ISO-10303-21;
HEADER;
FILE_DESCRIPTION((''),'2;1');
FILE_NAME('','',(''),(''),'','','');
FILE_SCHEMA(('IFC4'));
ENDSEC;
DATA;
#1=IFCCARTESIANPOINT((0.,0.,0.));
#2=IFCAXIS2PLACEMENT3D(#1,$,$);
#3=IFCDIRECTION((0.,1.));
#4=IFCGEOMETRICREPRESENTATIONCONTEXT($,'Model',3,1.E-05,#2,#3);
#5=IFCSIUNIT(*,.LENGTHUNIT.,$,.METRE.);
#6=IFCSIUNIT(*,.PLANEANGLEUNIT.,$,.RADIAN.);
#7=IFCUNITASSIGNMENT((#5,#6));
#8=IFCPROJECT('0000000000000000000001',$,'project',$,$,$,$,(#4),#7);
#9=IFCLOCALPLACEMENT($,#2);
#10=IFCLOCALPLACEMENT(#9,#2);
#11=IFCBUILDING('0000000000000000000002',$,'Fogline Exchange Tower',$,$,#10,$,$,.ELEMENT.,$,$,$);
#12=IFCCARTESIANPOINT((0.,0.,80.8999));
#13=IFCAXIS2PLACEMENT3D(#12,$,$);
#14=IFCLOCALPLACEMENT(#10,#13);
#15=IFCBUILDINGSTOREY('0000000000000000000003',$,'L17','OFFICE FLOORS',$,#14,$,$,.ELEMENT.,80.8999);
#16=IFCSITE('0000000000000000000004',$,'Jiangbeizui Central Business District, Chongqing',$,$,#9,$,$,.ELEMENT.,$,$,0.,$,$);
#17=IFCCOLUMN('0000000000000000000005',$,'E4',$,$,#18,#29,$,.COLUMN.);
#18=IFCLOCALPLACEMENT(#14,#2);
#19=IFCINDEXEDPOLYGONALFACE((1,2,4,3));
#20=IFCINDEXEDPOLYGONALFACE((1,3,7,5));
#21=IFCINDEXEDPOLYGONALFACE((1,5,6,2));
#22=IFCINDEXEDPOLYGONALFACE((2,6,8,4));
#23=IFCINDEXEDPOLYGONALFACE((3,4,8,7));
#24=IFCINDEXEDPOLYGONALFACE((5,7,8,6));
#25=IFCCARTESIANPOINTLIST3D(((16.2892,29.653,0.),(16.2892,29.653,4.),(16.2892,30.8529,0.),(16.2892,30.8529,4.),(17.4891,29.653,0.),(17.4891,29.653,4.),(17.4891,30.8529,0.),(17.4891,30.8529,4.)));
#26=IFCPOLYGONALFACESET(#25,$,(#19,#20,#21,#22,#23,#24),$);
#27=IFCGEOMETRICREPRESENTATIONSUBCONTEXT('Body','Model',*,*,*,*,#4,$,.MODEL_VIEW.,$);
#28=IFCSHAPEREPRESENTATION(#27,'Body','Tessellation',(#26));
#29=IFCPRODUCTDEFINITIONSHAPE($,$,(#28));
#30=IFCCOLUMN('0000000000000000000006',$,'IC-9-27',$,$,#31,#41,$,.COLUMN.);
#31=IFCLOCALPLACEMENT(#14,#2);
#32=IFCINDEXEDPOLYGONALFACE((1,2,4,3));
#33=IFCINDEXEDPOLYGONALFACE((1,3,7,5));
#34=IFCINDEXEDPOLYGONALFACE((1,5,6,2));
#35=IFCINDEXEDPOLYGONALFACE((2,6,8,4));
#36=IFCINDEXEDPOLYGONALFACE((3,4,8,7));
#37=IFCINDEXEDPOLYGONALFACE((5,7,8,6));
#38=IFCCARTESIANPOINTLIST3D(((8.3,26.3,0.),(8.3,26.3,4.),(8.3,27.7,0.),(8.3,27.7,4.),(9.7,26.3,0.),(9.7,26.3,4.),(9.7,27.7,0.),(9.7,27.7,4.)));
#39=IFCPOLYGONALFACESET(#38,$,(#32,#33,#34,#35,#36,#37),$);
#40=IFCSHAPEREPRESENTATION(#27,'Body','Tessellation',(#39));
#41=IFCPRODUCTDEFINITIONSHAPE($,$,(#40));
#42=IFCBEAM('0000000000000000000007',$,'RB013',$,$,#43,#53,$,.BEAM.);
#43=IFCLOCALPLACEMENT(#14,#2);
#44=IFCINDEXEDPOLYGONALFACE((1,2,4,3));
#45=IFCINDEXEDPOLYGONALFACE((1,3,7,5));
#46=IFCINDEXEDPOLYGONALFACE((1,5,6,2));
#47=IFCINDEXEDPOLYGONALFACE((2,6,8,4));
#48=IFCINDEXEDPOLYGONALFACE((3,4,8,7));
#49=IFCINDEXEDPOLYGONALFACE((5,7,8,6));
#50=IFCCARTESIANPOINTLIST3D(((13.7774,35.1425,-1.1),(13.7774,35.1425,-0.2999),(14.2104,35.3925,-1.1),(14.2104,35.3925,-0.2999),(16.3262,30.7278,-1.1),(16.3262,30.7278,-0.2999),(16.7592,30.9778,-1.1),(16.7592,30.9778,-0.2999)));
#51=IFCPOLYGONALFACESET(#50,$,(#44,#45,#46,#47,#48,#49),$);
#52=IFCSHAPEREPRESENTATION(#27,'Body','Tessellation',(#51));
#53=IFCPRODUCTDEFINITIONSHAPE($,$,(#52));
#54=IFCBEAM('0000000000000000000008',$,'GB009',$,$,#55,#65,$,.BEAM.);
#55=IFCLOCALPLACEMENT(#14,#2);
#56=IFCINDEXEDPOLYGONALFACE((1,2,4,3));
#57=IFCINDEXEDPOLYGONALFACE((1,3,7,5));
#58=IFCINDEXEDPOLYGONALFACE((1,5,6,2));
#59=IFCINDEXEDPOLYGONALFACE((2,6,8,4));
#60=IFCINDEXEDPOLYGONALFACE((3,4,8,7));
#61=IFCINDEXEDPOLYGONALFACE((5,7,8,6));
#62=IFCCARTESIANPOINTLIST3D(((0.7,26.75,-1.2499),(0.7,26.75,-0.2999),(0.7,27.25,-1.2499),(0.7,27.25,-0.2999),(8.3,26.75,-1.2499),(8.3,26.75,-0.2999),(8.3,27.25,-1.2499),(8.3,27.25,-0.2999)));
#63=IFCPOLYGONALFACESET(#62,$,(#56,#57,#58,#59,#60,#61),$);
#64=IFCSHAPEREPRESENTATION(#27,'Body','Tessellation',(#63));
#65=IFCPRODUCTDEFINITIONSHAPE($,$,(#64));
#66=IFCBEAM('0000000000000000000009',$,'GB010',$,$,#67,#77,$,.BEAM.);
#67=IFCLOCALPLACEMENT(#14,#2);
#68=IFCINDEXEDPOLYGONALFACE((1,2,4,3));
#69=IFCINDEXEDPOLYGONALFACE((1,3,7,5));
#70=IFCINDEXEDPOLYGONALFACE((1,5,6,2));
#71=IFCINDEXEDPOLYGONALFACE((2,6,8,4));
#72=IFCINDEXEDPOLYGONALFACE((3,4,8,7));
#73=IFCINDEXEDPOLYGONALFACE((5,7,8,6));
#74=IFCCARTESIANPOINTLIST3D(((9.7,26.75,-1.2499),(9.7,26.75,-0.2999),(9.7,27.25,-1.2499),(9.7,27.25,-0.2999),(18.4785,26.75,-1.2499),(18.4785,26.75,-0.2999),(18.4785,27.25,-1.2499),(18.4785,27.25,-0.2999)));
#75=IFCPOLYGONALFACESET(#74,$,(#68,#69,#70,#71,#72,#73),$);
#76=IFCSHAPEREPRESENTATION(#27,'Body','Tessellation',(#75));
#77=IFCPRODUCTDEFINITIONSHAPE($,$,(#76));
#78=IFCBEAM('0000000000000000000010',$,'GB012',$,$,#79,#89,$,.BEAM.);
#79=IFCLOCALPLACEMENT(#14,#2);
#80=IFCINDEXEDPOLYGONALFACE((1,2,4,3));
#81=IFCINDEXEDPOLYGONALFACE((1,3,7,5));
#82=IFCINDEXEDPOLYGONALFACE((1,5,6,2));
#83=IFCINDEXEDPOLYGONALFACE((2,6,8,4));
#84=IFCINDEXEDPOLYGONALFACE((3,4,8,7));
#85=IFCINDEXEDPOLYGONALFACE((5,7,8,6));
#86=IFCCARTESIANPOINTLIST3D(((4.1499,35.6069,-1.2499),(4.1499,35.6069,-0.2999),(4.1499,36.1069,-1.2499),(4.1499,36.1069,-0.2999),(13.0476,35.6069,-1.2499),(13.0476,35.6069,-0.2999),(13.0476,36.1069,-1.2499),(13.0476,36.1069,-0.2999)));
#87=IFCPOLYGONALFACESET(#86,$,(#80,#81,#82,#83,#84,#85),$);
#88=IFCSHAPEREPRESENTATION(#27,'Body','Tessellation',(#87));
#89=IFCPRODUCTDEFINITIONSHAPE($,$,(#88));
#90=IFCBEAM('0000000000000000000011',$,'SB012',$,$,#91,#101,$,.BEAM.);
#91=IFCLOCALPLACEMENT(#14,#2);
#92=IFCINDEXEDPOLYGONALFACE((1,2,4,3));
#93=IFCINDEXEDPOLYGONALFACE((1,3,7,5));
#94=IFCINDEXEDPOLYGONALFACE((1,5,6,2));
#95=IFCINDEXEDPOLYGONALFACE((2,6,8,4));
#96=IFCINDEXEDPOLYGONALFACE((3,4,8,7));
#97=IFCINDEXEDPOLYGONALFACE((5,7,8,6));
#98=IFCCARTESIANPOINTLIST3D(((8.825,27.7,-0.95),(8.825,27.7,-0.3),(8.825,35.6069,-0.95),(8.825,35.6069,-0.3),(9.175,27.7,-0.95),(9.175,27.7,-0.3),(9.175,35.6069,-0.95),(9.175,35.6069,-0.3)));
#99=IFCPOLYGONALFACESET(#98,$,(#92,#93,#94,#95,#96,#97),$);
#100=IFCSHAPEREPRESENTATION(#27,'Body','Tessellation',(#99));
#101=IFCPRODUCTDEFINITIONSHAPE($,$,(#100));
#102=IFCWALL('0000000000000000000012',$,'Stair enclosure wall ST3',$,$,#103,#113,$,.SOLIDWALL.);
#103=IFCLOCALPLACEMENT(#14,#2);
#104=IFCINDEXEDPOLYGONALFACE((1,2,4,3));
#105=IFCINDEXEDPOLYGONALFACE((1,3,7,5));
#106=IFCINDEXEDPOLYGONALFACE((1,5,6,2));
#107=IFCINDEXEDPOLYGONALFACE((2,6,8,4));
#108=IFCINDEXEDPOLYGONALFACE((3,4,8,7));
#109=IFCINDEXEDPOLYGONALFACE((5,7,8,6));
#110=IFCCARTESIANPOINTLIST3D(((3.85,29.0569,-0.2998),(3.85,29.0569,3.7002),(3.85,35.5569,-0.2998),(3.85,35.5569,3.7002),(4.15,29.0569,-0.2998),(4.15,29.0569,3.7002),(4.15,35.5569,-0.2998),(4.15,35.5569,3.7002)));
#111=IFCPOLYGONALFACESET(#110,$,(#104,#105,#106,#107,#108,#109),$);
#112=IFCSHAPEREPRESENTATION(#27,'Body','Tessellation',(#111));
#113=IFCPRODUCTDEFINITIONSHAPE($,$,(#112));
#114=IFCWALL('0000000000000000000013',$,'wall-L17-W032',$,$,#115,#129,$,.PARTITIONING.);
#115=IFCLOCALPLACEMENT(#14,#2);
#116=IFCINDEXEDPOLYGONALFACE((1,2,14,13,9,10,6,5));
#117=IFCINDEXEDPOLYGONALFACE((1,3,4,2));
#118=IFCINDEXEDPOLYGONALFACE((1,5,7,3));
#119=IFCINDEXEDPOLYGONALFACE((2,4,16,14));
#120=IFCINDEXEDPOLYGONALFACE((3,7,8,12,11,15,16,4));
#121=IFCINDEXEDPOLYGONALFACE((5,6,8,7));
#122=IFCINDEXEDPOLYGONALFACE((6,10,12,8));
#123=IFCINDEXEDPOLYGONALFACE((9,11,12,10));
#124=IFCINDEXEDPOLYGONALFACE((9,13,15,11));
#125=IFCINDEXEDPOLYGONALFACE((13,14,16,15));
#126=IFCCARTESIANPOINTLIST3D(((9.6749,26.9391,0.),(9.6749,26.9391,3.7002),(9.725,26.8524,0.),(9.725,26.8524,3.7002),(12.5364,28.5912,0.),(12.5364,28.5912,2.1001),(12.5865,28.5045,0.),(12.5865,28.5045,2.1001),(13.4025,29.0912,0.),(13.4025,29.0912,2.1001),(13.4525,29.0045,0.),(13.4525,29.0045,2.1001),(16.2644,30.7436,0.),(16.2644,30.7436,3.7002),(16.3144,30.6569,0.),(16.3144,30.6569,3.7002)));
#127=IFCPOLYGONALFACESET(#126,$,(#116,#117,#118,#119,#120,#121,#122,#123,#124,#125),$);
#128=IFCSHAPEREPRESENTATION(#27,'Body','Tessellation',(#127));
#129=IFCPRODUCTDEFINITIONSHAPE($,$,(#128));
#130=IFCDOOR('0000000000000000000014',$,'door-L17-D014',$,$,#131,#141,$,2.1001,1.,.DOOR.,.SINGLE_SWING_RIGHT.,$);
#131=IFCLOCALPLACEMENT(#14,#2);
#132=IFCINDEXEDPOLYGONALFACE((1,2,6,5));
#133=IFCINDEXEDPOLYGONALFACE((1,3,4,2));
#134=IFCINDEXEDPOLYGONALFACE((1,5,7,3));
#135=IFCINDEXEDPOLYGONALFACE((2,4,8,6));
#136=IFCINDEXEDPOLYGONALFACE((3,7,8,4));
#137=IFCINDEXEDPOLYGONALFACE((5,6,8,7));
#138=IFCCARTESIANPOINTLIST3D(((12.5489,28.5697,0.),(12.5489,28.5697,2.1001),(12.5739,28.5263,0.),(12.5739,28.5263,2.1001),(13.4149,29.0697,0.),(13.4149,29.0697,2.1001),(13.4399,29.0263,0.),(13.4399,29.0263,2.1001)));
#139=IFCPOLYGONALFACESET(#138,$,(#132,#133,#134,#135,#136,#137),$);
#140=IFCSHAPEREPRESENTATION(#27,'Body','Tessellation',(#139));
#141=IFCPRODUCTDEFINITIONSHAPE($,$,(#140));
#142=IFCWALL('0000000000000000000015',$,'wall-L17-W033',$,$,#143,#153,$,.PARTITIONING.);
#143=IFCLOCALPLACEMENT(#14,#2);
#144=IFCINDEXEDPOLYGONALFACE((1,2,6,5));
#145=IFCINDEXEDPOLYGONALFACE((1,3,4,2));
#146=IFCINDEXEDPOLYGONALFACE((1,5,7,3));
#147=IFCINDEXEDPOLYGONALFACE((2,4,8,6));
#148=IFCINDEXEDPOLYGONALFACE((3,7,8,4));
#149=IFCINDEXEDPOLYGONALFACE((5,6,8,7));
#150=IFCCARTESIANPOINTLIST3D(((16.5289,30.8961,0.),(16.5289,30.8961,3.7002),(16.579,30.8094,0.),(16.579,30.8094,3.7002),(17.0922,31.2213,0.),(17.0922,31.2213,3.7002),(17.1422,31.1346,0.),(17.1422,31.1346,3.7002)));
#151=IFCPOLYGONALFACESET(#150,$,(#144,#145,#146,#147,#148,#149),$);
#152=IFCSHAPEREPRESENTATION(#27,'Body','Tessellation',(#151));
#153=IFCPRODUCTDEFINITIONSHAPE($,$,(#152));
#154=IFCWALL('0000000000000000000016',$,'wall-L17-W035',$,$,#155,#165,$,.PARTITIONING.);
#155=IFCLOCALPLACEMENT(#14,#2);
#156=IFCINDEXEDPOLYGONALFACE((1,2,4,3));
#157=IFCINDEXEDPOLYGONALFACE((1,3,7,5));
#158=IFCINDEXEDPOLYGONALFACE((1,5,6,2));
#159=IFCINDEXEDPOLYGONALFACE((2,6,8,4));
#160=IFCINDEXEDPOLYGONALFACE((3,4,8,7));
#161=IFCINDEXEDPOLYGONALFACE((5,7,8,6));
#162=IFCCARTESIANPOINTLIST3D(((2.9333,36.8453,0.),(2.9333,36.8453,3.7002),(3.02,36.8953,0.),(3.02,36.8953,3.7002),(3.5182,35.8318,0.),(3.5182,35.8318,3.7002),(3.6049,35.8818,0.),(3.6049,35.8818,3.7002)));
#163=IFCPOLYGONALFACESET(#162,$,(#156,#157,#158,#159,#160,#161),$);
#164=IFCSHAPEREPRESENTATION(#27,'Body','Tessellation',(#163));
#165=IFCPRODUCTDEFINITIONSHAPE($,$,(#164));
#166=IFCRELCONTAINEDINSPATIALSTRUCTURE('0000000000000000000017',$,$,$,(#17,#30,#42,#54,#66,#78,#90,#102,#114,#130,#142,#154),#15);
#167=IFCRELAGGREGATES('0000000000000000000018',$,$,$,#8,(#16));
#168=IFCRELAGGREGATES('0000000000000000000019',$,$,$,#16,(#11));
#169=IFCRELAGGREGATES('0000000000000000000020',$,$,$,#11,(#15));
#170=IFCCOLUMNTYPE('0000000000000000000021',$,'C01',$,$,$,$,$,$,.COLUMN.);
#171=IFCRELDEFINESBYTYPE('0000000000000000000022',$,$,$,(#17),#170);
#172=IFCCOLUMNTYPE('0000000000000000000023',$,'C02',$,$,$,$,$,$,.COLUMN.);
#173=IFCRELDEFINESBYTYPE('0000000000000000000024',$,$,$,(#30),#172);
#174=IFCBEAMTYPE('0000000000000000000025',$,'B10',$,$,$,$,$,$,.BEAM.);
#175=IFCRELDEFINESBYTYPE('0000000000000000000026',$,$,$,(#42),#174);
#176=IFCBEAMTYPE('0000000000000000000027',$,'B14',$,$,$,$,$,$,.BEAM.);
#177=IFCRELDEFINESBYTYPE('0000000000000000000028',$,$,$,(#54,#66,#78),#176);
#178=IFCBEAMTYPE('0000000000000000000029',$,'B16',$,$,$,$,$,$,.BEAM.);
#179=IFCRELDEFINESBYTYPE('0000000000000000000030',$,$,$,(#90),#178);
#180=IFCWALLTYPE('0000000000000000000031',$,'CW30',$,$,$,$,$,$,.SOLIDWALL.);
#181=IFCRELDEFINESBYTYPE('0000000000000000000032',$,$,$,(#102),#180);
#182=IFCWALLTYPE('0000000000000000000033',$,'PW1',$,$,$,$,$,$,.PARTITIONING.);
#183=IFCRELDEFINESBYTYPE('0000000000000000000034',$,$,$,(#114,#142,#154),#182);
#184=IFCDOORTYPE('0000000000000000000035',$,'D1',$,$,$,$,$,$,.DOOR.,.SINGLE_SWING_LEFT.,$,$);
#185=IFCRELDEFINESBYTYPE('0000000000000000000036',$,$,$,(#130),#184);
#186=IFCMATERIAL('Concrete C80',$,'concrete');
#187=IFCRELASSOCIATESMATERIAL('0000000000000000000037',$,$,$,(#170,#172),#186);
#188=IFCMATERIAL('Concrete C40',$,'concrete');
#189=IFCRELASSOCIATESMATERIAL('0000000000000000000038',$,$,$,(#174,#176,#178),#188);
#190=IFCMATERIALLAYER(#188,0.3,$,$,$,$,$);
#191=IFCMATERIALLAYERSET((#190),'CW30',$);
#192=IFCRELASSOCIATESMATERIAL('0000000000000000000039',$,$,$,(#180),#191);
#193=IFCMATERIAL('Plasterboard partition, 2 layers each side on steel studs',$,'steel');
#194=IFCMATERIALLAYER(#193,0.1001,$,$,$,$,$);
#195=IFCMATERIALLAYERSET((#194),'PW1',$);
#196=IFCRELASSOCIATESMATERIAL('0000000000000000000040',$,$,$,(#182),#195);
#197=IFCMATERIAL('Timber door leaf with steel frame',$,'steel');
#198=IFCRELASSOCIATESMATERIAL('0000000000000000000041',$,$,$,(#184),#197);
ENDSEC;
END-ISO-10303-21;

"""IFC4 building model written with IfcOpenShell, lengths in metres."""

from ifc_helpers import new_model, si_unit, direction, frame, frame_2d, origin, origin_2d, place, context, subcontext, project, spatial, rectangle, extrude, material, layer, layer_set, material_profile, profile_set, type_object, element, fill, save


model = new_model("IFC4")

# Units and contexts
model_context = context("Model", 3, precision=1e-05, world=origin(), true_north=direction((0.0, 1.0)))
body_context = subcontext(model_context, "Body", "Model", "MODEL_VIEW")
ifc_project = project(units=[si_unit("LENGTHUNIT", "METRE"), si_unit("PLANEANGLEUNIT", "RADIAN")], contexts=[model_context])

# Site, building, storey
site_placement = place(None, origin())
site = spatial("IfcSite", under=ifc_project, at=site_placement, Name="Jiangbeizui Central Business District, Chongqing", CompositionType="ELEMENT", RefElevation=0.0)
building_placement = place(site_placement, origin())
building = spatial("IfcBuilding", under=site, at=building_placement, Name="Fogline Exchange Tower", CompositionType="ELEMENT")
storey_placement = place(building_placement, frame((0.0, 0.0, 80.8999)))
storey = spatial("IfcBuildingStorey", under=building, at=storey_placement, Name="L17", Description="OFFICE FLOORS", CompositionType="ELEMENT", Elevation=80.8999)

# Columns
ifc_material_1 = material(Name="Concrete C80", Category="concrete")
ifc_material_profile_1 = material_profile(ifc_material_1, rectangle(XDim=1.2, YDim=1.2, at=origin_2d()), Name="RC 1200x1200")
ifc_profile_set_1 = profile_set([ifc_material_profile_1], Name="Concrete C80")
column_type_1 = type_object("IfcColumnType", Name="C01", PredefinedType="COLUMN", material=ifc_profile_set_1)
column_1_placement = place(storey_placement, frame((16.8892, 30.2529, 0.0), z_axis=(0.0, 0.0, 1.0), x_axis=(1.0, 0.0, 0.0)))
element("IfcColumn", 1, at=column_1_placement, inside=storey, type_object=column_type_1, Name="E4", PredefinedType="COLUMN", context=body_context, shape_type="SweptSolid", body=[
    extrude(rectangle(XDim=1.2, YDim=1.2, at=origin_2d()), origin(), (0.0, 0.0, 1.0), 4.0),
])
ifc_material_profile_2 = material_profile(ifc_material_1, rectangle(XDim=1.3999, YDim=1.3999, at=origin_2d()), Name="RC 1400x1400")
ifc_profile_set_2 = profile_set([ifc_material_profile_2], Name="Concrete C80")
column_type_2 = type_object("IfcColumnType", Name="C02", PredefinedType="COLUMN", material=ifc_profile_set_2)
column_2_placement = place(storey_placement, frame((9.0, 27.0, 0.0), z_axis=(0.0, 0.0, 1.0), x_axis=(1.0, 0.0, 0.0)))
element("IfcColumn", 2, at=column_2_placement, inside=storey, type_object=column_type_2, Name="IC-9-27", PredefinedType="COLUMN", context=body_context, shape_type="SweptSolid", body=[
    extrude(rectangle(XDim=1.3999, YDim=1.3999, at=origin_2d()), origin(), (0.0, 0.0, 1.0), 4.0),
])

# Beams
ifc_material_2 = material(Name="Concrete C40", Category="concrete")
ifc_material_profile_3 = material_profile(ifc_material_2, rectangle(XDim=0.5, YDim=0.8, at=origin_2d()), Name="RC 500x800")
ifc_profile_set_3 = profile_set([ifc_material_profile_3], Name="Concrete C40")
beam_type_1 = type_object("IfcBeamType", Name="B10", PredefinedType="BEAM", material=ifc_profile_set_3)
beam_1_placement = place(storey_placement, frame((16.5427, 30.8528, -0.7), z_axis=(-0.499992, 0.86603, 0.0), x_axis=(-0.86603, -0.499992, 0.0)))
element("IfcBeam", 3, at=beam_1_placement, inside=storey, type_object=beam_type_1, Name="RB013", PredefinedType="BEAM", context=body_context, shape_type="SweptSolid", body=[
    extrude(rectangle(XDim=0.5, YDim=0.8, at=origin_2d()), origin(), (0.0, 0.0, 1.0), 5.0977),
])
ifc_material_profile_4 = material_profile(ifc_material_2, rectangle(XDim=0.5, YDim=0.95, at=origin_2d()), Name="RC 500x950")
ifc_profile_set_4 = profile_set([ifc_material_profile_4], Name="Concrete C40")
beam_type_2 = type_object("IfcBeamType", Name="B14", PredefinedType="BEAM", material=ifc_profile_set_4)
beam_2_placement = place(storey_placement, frame((0.7, 27.0, -0.7749), z_axis=(1.0, 0.0, 0.0), x_axis=(0.0, 1.0, 0.0)))
element("IfcBeam", 4, at=beam_2_placement, inside=storey, type_object=beam_type_2, Name="GB009", PredefinedType="BEAM", context=body_context, shape_type="SweptSolid", body=[
    extrude(rectangle(XDim=0.5, YDim=0.95, at=origin_2d()), origin(), (0.0, 0.0, 1.0), 7.6001),
])
beam_3_placement = place(storey_placement, frame((9.7, 27.0, -0.7749), z_axis=(1.0, 0.0, 0.0), x_axis=(0.0, 1.0, 0.0)))
element("IfcBeam", 5, at=beam_3_placement, inside=storey, type_object=beam_type_2, Name="GB010", PredefinedType="BEAM", context=body_context, shape_type="SweptSolid", body=[
    extrude(rectangle(XDim=0.5, YDim=0.95, at=origin_2d()), origin(), (0.0, 0.0, 1.0), 8.7786),
])
beam_4_placement = place(storey_placement, frame((4.1499, 35.8569, -0.7749), z_axis=(1.0, 0.0, 0.0), x_axis=(0.0, 1.0, 0.0)))
element("IfcBeam", 6, at=beam_4_placement, inside=storey, type_object=beam_type_2, Name="GB012", PredefinedType="BEAM", context=body_context, shape_type="SweptSolid", body=[
    extrude(rectangle(XDim=0.5, YDim=0.95, at=origin_2d()), origin(), (0.0, 0.0, 1.0), 8.8977),
])
ifc_material_profile_5 = material_profile(ifc_material_2, rectangle(XDim=0.3501, YDim=0.6499, at=origin_2d()), Name="RC 350x650")
ifc_profile_set_5 = profile_set([ifc_material_profile_5], Name="Concrete C40")
beam_type_3 = type_object("IfcBeamType", Name="B16", PredefinedType="BEAM", material=ifc_profile_set_5)
beam_5_placement = place(storey_placement, frame((9.0, 27.7, -0.625), z_axis=(0.0, 1.0, 0.0), x_axis=(-1.0, 0.0, 0.0)))
element("IfcBeam", 7, at=beam_5_placement, inside=storey, type_object=beam_type_3, Name="SB012", PredefinedType="BEAM", context=body_context, shape_type="SweptSolid", body=[
    extrude(rectangle(XDim=0.3501, YDim=0.6499, at=origin_2d()), origin(), (0.0, 0.0, 1.0), 7.907),
])

# Wall
ifc_layer_1 = layer(ifc_material_2, 0.3)
ifc_layer_set_1 = layer_set([ifc_layer_1], Name="CW30")
wall_type_1 = type_object("IfcWallType", Name="CW30", PredefinedType="SOLIDWALL", material=ifc_layer_set_1)
wall_1_placement = place(storey_placement, frame((4.0, 29.0569, -0.2998), z_axis=(0.0, 0.0, 1.0), x_axis=(0.0, 1.0, 0.0)))
element("IfcWall", 8, at=wall_1_placement, inside=storey, type_object=wall_type_1, Name="Stair enclosure wall ST3", PredefinedType="SOLIDWALL", context=body_context, shape_type="SweptSolid", body=[
    extrude(rectangle(XDim=6.5, YDim=0.3, at=frame_2d((3.25, 0.0))), origin(), (0.0, 0.0, 1.0), 4.0),
])

# Wall, opening, door
ifc_material_3 = material(Name="Plasterboard partition, 2 layers each side on steel studs", Category="steel")
ifc_layer_2 = layer(ifc_material_3, 0.1001)
ifc_layer_set_2 = layer_set([ifc_layer_2], Name="PW1")
wall_type_2 = type_object("IfcWallType", Name="PW1", PredefinedType="PARTITIONING", material=ifc_layer_set_2)
wall_2_placement = place(storey_placement, frame((9.7, 26.8958, 0.0), z_axis=(0.0, 0.0, 1.0), x_axis=(0.866021, 0.500008, 0.0)))
wall_2 = element("IfcWall", 9, at=wall_2_placement, inside=storey, type_object=wall_type_2, Name="wall-L17-W032", PredefinedType="PARTITIONING", context=body_context, shape_type="SweptSolid", body=[
    extrude(rectangle(XDim=7.6089, YDim=0.1001, at=frame_2d((3.8044, 0.0))), origin(), (0.0, 0.0, 1.0), 3.7002),
])
opening_1_placement = place(wall_2_placement, frame((3.3042, 0.0, 0.0)))
opening_1 = element("IfcOpeningElement", 10, at=opening_1_placement, cuts=wall_2, PredefinedType="OPENING", context=body_context, shape_type="SweptSolid", body=[
    extrude(rectangle(XDim=1.0, YDim=2.1001, at=frame_2d((0.5, 1.05))), frame((0.0, 0.0601, 0.0), z_axis=(0.0, -1.0, 0.0), x_axis=(1.0, 0.0, 0.0)), (0.0, 0.0, 1.0), 0.1201),
])
ifc_material_4 = material(Name="Timber door leaf with steel frame", Category="steel")
door_type_1 = type_object("IfcDoorType", Name="D1", OperationType="SINGLE_SWING_LEFT", PredefinedType="DOOR", material=ifc_material_4)
door_1_placement = place(opening_1_placement, frame((1.0, 0.0, 0.0), z_axis=(0.0, 0.0, 1.0), x_axis=(-1.0, 0.0, 0.0)))
door_1 = element("IfcDoor", 11, at=door_1_placement, inside=storey, type_object=door_type_1, Name="door-L17-D014", OperationType="SINGLE_SWING_RIGHT", OverallHeight=2.1001, OverallWidth=1.0, PredefinedType="DOOR", context=body_context, shape_type="SweptSolid", body=[
    extrude(rectangle(XDim=1.0, YDim=2.1001, at=frame_2d((0.5, 1.05))), frame((0.0, 0.0249, 0.0), z_axis=(0.0, -1.0, 0.0), x_axis=(1.0, 0.0, 0.0)), (0.0, 0.0, 1.0), 0.05),
])
fill(opening_1, door_1)

# Walls
wall_3_placement = place(storey_placement, frame((16.554, 30.8528, 0.0), z_axis=(0.0, 0.0, 1.0), x_axis=(0.866017, 0.500015, 0.0)))
element("IfcWall", 12, at=wall_3_placement, inside=storey, type_object=wall_type_2, Name="wall-L17-W033", PredefinedType="PARTITIONING", context=body_context, shape_type="SweptSolid", body=[
    extrude(rectangle(XDim=0.6504, YDim=0.1001, at=frame_2d((0.3252, 0.0))), origin(), (0.0, 0.0, 1.0), 3.7002),
])
wall_4_placement = place(storey_placement, frame((3.5615, 35.8569, 0.0), z_axis=(0.0, 0.0, 1.0), x_axis=(-0.499909, 0.866078, 0.0)))
element("IfcWall", 13, at=wall_4_placement, inside=storey, type_object=wall_type_2, Name="wall-L17-W035", PredefinedType="PARTITIONING", context=body_context, shape_type="SweptSolid", body=[
    extrude(rectangle(XDim=1.1702, YDim=0.1001, at=frame_2d((0.585, 0.0))), origin(), (0.0, 0.0, 1.0), 3.7002),
])

save(model, "model.ifc")
